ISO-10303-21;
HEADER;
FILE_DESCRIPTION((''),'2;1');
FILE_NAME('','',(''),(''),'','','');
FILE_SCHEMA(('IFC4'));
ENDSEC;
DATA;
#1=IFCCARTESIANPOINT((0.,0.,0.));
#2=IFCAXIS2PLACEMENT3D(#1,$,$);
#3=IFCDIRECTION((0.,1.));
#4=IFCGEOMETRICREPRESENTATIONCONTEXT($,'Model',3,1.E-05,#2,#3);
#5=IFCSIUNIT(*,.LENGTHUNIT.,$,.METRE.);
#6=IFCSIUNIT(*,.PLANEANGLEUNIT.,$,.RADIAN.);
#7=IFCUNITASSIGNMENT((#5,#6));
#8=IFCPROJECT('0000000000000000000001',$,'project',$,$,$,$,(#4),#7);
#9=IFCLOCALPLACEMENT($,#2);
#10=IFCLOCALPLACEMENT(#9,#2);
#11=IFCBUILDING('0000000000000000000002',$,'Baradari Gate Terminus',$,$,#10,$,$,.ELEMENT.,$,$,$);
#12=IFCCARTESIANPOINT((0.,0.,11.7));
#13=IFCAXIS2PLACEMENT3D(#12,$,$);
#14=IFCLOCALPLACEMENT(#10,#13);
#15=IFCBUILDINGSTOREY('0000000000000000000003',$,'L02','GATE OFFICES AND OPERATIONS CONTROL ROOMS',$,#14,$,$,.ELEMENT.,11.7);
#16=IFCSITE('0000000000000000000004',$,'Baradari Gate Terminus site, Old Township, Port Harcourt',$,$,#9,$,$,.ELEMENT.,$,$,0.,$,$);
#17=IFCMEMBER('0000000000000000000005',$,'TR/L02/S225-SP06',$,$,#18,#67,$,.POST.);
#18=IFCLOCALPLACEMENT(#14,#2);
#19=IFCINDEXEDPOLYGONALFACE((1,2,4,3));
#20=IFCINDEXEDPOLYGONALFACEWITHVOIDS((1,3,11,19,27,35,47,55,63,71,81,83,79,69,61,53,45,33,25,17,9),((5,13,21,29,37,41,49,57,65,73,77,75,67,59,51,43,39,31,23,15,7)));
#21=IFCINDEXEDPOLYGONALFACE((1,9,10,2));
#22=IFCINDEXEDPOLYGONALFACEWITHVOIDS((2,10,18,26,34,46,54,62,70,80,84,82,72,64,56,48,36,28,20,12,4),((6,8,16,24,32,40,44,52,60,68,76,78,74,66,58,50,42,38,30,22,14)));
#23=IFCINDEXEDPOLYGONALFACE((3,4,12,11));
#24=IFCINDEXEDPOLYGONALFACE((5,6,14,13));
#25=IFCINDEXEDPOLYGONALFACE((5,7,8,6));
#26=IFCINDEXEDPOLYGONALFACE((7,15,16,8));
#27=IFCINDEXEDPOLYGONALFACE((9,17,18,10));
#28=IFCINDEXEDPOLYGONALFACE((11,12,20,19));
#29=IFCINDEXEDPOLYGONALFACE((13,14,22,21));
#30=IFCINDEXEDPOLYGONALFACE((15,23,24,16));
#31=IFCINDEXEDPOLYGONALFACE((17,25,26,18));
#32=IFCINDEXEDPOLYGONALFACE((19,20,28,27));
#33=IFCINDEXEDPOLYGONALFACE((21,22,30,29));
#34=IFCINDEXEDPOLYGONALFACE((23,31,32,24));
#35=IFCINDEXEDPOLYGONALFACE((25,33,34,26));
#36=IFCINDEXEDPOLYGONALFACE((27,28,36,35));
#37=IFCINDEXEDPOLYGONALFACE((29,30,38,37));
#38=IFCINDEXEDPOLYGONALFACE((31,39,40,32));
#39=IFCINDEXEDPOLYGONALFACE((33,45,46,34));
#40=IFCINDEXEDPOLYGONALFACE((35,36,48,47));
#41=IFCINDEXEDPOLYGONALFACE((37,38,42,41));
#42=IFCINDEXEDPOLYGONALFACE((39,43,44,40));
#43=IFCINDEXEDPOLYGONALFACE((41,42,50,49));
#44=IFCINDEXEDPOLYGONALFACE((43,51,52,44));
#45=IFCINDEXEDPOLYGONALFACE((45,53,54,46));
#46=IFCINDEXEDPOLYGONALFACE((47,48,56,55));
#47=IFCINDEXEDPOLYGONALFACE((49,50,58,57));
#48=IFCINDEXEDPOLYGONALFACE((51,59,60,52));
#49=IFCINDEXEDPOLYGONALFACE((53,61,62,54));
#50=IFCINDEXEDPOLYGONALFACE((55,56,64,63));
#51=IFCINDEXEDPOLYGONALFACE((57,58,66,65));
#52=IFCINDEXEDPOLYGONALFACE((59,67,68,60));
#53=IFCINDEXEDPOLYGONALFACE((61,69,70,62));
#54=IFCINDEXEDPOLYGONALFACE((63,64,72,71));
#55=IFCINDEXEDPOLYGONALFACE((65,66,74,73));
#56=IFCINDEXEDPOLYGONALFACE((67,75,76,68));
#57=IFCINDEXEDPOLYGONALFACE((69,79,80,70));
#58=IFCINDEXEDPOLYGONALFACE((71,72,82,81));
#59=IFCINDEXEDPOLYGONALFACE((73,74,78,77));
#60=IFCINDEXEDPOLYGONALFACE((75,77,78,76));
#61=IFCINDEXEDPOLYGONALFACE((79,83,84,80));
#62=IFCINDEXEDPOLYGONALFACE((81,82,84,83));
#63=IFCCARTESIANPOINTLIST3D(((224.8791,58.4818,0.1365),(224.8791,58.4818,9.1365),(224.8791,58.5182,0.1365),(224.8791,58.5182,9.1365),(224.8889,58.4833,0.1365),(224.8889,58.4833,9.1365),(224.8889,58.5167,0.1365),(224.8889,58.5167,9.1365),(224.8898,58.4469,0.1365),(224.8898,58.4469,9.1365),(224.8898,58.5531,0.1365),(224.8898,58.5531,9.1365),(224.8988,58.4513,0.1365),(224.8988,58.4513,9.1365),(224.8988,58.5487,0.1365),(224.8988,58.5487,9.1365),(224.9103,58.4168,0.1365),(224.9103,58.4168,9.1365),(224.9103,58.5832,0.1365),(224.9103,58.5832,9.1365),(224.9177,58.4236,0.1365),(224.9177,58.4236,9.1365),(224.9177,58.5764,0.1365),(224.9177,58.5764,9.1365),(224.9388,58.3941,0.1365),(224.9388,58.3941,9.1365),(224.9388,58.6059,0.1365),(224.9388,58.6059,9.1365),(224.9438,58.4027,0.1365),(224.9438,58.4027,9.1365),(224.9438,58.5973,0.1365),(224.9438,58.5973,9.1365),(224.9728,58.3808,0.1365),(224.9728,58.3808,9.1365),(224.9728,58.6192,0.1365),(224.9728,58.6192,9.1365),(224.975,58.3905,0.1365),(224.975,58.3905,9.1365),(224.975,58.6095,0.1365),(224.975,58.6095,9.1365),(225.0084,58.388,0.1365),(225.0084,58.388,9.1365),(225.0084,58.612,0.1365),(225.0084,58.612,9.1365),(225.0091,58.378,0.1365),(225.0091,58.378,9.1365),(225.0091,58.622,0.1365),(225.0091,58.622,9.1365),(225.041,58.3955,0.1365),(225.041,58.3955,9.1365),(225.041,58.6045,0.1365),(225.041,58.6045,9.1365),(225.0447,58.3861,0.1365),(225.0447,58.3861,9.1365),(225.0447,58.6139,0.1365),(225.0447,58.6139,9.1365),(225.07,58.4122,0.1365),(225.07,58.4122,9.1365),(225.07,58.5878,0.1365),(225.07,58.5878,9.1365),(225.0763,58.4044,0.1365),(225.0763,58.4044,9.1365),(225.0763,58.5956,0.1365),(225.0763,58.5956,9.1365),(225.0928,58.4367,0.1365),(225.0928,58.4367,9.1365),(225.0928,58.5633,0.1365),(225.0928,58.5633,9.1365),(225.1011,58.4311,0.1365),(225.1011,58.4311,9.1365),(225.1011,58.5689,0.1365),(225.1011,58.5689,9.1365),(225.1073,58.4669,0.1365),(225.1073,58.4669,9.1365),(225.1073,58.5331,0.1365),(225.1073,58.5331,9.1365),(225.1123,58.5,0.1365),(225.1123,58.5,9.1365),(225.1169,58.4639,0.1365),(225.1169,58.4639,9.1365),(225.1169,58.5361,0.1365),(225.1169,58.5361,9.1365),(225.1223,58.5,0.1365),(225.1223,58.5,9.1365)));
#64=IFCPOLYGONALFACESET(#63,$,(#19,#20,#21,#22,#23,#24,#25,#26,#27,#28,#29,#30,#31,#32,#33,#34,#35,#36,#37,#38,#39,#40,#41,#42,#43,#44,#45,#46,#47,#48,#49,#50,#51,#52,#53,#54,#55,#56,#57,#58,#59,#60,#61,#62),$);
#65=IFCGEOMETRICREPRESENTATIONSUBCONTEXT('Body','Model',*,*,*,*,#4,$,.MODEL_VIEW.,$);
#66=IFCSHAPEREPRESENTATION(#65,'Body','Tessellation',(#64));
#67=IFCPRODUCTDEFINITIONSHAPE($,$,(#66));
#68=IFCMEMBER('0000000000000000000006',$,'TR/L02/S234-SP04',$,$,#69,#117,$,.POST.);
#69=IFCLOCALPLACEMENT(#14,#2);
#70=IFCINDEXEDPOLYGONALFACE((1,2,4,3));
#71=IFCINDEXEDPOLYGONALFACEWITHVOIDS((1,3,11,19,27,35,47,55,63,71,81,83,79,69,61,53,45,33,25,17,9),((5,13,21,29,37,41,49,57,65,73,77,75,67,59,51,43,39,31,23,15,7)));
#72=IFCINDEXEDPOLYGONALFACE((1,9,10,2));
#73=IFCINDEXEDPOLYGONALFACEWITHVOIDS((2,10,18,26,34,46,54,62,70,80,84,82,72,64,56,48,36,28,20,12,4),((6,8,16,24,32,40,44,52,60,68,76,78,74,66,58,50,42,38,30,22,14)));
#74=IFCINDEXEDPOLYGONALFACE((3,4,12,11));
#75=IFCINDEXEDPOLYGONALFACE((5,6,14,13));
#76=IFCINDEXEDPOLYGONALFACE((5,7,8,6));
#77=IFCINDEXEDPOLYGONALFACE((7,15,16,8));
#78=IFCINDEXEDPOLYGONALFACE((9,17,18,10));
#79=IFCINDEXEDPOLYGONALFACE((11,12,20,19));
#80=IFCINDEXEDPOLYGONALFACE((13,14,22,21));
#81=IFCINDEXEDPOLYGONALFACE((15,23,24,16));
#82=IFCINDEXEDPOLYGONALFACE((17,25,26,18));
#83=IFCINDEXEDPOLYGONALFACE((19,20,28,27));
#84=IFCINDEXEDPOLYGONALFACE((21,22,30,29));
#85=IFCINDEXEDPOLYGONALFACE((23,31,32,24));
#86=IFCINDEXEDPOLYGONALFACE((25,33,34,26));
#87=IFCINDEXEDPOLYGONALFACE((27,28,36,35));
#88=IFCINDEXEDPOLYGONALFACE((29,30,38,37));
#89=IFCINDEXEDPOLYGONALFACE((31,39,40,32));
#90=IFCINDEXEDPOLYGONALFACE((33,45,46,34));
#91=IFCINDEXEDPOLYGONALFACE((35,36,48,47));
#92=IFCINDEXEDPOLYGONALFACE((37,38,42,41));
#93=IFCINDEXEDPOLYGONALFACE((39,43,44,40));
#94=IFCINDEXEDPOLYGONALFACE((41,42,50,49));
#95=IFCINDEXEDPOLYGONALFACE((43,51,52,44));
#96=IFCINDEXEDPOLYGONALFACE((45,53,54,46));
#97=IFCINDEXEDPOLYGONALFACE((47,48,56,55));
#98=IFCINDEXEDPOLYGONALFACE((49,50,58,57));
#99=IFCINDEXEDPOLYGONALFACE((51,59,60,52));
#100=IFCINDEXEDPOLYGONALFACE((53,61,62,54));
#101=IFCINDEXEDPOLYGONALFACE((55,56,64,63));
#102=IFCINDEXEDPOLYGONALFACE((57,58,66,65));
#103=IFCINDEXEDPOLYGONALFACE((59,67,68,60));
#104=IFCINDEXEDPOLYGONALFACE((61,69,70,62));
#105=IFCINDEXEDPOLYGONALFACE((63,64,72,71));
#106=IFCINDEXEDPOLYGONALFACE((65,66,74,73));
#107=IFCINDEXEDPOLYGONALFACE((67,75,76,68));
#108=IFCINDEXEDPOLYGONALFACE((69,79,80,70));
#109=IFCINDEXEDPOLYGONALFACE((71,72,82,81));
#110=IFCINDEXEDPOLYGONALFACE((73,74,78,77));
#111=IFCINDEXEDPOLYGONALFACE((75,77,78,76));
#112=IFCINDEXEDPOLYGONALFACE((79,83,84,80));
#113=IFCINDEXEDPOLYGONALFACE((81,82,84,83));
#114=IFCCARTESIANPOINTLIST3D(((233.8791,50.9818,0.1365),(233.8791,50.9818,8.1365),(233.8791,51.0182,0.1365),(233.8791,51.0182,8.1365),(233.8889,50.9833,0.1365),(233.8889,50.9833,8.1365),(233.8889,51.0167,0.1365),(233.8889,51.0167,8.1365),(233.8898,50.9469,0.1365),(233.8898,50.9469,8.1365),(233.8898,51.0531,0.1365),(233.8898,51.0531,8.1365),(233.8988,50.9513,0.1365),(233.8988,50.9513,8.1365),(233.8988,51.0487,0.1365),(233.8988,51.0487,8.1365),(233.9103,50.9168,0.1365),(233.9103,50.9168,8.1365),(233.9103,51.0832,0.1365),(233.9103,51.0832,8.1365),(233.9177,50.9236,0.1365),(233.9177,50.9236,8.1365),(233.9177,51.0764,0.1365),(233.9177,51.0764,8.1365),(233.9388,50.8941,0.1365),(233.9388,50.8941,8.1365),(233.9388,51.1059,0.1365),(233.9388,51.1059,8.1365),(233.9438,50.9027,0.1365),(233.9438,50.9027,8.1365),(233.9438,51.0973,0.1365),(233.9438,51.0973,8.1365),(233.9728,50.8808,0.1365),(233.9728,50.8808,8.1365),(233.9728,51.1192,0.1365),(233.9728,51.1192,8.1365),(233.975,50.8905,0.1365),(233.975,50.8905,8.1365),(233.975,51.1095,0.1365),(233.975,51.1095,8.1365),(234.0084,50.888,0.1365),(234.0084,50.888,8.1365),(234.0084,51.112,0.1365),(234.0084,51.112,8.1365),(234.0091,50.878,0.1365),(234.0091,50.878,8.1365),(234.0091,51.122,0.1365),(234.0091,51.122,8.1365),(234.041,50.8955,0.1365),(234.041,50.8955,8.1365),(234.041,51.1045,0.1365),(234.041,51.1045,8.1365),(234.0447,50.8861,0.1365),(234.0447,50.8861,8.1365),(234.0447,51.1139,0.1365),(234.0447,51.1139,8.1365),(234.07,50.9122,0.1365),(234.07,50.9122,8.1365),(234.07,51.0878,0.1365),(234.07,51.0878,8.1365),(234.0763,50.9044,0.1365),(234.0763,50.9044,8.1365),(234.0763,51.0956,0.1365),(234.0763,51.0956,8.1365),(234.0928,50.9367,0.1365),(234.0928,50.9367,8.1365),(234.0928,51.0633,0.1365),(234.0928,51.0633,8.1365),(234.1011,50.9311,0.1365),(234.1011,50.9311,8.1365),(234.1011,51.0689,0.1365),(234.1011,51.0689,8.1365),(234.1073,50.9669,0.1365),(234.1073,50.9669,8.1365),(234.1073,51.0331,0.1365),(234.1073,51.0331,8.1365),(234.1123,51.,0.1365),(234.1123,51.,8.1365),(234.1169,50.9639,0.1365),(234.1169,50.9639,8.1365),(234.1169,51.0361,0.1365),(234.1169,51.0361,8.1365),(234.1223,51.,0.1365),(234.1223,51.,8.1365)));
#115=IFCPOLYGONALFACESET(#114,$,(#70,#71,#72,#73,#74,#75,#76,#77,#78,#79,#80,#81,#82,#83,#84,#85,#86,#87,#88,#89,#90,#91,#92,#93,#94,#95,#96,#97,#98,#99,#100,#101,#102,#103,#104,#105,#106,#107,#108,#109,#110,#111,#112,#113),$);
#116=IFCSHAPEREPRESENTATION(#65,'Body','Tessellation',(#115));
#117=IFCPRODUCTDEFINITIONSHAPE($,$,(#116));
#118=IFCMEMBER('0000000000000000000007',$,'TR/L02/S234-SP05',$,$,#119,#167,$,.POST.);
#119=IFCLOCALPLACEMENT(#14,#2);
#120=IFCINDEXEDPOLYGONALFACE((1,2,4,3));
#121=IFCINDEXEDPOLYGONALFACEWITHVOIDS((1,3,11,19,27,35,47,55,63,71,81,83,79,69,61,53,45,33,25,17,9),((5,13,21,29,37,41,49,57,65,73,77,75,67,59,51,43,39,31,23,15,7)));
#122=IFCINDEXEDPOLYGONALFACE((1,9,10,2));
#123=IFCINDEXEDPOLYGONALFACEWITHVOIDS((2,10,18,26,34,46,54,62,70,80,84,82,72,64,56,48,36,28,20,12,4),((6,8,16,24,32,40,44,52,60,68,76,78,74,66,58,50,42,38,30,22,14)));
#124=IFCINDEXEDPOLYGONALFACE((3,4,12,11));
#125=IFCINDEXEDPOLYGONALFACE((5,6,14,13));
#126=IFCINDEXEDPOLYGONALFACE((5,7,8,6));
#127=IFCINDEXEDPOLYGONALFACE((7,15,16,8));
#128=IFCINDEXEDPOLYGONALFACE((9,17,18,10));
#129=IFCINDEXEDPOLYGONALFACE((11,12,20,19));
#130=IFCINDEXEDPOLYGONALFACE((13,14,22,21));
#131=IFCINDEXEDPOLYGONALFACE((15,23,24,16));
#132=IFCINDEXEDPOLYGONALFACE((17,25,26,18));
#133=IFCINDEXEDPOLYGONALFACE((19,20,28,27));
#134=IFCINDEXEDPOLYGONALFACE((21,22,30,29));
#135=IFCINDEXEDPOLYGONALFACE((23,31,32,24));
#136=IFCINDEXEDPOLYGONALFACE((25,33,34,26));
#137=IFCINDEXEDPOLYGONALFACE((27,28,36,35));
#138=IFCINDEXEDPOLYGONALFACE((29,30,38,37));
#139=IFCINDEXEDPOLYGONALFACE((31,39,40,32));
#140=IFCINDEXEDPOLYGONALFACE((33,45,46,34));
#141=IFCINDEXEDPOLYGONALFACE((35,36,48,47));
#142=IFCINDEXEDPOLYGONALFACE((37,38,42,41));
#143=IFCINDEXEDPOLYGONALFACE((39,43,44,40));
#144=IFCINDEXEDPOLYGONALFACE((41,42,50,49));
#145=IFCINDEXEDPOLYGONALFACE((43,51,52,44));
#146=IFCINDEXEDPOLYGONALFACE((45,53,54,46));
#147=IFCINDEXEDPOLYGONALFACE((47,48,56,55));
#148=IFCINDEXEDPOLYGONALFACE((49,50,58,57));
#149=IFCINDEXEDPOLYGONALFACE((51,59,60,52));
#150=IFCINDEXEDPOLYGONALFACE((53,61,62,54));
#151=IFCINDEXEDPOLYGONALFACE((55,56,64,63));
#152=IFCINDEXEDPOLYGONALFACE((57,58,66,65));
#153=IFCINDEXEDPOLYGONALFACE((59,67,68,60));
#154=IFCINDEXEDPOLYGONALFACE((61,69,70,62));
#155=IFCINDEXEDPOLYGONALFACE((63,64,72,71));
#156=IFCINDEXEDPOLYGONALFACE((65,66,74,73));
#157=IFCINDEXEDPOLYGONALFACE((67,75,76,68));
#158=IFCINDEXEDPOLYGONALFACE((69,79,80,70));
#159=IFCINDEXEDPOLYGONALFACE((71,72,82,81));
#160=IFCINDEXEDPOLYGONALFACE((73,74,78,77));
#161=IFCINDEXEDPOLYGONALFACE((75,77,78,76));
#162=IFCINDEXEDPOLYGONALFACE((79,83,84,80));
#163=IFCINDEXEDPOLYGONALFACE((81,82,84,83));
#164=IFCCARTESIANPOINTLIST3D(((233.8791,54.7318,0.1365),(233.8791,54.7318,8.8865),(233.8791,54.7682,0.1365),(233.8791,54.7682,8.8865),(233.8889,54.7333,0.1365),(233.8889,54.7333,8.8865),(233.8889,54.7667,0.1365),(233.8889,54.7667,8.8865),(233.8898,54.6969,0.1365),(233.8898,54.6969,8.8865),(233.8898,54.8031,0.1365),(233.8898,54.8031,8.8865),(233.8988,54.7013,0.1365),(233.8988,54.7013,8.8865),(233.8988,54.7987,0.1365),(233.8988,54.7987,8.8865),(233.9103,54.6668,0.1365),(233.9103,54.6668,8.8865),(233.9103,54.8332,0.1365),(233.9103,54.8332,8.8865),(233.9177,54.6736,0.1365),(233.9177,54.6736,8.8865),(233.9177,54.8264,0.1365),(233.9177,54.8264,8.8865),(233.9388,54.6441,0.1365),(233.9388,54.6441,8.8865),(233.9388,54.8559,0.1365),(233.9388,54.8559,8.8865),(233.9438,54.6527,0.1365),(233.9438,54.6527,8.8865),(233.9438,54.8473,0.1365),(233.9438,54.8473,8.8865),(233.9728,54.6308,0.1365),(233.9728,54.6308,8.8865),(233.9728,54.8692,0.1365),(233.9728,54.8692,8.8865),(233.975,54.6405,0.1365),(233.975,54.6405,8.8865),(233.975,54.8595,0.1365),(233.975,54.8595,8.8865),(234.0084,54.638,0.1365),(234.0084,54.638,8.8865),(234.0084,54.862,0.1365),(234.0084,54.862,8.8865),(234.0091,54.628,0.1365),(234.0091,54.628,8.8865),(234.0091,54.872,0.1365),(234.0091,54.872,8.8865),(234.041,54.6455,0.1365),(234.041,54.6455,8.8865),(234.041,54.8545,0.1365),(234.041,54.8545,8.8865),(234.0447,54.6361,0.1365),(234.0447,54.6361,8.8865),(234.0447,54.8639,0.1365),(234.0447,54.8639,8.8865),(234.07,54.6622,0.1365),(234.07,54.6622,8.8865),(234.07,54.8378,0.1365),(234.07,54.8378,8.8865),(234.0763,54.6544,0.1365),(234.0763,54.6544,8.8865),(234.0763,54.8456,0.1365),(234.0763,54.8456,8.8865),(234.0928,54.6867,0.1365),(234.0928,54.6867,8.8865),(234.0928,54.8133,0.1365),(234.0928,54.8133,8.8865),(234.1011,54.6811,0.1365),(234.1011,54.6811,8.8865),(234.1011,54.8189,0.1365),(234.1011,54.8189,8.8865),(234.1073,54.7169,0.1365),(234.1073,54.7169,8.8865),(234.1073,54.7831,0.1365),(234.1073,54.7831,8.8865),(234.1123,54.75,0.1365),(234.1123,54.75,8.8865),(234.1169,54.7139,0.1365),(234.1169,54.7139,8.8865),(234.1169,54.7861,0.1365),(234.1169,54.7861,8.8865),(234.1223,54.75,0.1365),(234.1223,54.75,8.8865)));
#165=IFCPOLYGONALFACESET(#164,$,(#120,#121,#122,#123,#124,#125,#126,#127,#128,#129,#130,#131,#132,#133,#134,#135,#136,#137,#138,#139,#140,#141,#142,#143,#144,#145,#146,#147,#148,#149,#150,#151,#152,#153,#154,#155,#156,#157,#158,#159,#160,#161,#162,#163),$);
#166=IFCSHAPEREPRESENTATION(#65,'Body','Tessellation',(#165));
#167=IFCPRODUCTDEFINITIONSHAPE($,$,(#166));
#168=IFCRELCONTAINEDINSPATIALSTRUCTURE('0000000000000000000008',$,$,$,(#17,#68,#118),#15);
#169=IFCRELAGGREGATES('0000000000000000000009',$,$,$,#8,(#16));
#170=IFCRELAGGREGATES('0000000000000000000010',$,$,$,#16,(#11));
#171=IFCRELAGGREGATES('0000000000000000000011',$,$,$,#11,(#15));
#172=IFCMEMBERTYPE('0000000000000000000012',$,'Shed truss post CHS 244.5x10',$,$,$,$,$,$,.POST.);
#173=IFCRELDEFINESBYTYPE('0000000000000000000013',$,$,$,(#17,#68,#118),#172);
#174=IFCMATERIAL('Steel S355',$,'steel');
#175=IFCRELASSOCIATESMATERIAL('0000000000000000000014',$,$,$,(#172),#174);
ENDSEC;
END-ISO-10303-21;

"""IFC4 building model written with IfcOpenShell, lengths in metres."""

from ifc_helpers import new_model, si_unit, direction, frame, origin, origin_2d, place, context, subcontext, project, spatial, hollow_circle, extrude, material, material_profile, profile_set, type_object, element, save


model = new_model("IFC4")

# Units and contexts
model_context = context("Model", 3, precision=1e-05, world=origin(), true_north=direction((0.0, 1.0)))
body_context = subcontext(model_context, "Body", "Model", "MODEL_VIEW")
ifc_project = project(units=[si_unit("LENGTHUNIT", "METRE"), si_unit("PLANEANGLEUNIT", "RADIAN")], contexts=[model_context])

# Site, building, storey
site_placement = place(None, origin())
site = spatial("IfcSite", under=ifc_project, at=site_placement, Name="Baradari Gate Terminus site, Old Township, Port Harcourt", CompositionType="ELEMENT", RefElevation=0.0)
building_placement = place(site_placement, origin())
building = spatial("IfcBuilding", under=site, at=building_placement, Name="Baradari Gate Terminus", CompositionType="ELEMENT")
storey_placement = place(building_placement, frame((0.0, 0.0, 11.7)))
storey = spatial("IfcBuildingStorey", under=building, at=storey_placement, Name="L02", Description="GATE OFFICES AND OPERATIONS CONTROL ROOMS", CompositionType="ELEMENT", Elevation=11.7)

# Members
ifc_material_1 = material(Name="Steel S355", Category="steel")
ifc_material_profile_1 = material_profile(ifc_material_1, hollow_circle(Radius=0.1223, WallThickness=0.01, at=origin_2d()), Name="CHS 244.5x10")
ifc_profile_set_1 = profile_set([ifc_material_profile_1], Name="Steel S355")
member_type_1 = type_object("IfcMemberType", Name="Shed truss post CHS 244.5x10", PredefinedType="POST", material=ifc_profile_set_1)
member_1_placement = place(storey_placement, frame((225.0, 58.5, 0.1365), z_axis=(0.0, 0.0, 1.0), x_axis=(1.0, 0.0, 0.0)))
element("IfcMember", 1, at=member_1_placement, inside=storey, type_object=member_type_1, Name="TR/L02/S225-SP06", PredefinedType="POST", context=body_context, shape_type="SweptSolid", body=[
    extrude(hollow_circle(Radius=0.1223, WallThickness=0.01, at=origin_2d()), origin(), (0.0, 0.0, 1.0), 9.0),
])
member_2_placement = place(storey_placement, frame((234.0, 51.0, 0.1365), z_axis=(0.0, 0.0, 1.0), x_axis=(1.0, 0.0, 0.0)))
element("IfcMember", 2, at=member_2_placement, inside=storey, type_object=member_type_1, Name="TR/L02/S234-SP04", PredefinedType="POST", context=body_context, shape_type="SweptSolid", body=[
    extrude(hollow_circle(Radius=0.1223, WallThickness=0.01, at=origin_2d()), origin(), (0.0, 0.0, 1.0), 8.0),
])
member_3_placement = place(storey_placement, frame((234.0, 54.75, 0.1365), z_axis=(0.0, 0.0, 1.0), x_axis=(1.0, 0.0, 0.0)))
element("IfcMember", 3, at=member_3_placement, inside=storey, type_object=member_type_1, Name="TR/L02/S234-SP05", PredefinedType="POST", context=body_context, shape_type="SweptSolid", body=[
    extrude(hollow_circle(Radius=0.1223, WallThickness=0.01, at=origin_2d()), origin(), (0.0, 0.0, 1.0), 8.75),
])

save(model, "model.ifc")
